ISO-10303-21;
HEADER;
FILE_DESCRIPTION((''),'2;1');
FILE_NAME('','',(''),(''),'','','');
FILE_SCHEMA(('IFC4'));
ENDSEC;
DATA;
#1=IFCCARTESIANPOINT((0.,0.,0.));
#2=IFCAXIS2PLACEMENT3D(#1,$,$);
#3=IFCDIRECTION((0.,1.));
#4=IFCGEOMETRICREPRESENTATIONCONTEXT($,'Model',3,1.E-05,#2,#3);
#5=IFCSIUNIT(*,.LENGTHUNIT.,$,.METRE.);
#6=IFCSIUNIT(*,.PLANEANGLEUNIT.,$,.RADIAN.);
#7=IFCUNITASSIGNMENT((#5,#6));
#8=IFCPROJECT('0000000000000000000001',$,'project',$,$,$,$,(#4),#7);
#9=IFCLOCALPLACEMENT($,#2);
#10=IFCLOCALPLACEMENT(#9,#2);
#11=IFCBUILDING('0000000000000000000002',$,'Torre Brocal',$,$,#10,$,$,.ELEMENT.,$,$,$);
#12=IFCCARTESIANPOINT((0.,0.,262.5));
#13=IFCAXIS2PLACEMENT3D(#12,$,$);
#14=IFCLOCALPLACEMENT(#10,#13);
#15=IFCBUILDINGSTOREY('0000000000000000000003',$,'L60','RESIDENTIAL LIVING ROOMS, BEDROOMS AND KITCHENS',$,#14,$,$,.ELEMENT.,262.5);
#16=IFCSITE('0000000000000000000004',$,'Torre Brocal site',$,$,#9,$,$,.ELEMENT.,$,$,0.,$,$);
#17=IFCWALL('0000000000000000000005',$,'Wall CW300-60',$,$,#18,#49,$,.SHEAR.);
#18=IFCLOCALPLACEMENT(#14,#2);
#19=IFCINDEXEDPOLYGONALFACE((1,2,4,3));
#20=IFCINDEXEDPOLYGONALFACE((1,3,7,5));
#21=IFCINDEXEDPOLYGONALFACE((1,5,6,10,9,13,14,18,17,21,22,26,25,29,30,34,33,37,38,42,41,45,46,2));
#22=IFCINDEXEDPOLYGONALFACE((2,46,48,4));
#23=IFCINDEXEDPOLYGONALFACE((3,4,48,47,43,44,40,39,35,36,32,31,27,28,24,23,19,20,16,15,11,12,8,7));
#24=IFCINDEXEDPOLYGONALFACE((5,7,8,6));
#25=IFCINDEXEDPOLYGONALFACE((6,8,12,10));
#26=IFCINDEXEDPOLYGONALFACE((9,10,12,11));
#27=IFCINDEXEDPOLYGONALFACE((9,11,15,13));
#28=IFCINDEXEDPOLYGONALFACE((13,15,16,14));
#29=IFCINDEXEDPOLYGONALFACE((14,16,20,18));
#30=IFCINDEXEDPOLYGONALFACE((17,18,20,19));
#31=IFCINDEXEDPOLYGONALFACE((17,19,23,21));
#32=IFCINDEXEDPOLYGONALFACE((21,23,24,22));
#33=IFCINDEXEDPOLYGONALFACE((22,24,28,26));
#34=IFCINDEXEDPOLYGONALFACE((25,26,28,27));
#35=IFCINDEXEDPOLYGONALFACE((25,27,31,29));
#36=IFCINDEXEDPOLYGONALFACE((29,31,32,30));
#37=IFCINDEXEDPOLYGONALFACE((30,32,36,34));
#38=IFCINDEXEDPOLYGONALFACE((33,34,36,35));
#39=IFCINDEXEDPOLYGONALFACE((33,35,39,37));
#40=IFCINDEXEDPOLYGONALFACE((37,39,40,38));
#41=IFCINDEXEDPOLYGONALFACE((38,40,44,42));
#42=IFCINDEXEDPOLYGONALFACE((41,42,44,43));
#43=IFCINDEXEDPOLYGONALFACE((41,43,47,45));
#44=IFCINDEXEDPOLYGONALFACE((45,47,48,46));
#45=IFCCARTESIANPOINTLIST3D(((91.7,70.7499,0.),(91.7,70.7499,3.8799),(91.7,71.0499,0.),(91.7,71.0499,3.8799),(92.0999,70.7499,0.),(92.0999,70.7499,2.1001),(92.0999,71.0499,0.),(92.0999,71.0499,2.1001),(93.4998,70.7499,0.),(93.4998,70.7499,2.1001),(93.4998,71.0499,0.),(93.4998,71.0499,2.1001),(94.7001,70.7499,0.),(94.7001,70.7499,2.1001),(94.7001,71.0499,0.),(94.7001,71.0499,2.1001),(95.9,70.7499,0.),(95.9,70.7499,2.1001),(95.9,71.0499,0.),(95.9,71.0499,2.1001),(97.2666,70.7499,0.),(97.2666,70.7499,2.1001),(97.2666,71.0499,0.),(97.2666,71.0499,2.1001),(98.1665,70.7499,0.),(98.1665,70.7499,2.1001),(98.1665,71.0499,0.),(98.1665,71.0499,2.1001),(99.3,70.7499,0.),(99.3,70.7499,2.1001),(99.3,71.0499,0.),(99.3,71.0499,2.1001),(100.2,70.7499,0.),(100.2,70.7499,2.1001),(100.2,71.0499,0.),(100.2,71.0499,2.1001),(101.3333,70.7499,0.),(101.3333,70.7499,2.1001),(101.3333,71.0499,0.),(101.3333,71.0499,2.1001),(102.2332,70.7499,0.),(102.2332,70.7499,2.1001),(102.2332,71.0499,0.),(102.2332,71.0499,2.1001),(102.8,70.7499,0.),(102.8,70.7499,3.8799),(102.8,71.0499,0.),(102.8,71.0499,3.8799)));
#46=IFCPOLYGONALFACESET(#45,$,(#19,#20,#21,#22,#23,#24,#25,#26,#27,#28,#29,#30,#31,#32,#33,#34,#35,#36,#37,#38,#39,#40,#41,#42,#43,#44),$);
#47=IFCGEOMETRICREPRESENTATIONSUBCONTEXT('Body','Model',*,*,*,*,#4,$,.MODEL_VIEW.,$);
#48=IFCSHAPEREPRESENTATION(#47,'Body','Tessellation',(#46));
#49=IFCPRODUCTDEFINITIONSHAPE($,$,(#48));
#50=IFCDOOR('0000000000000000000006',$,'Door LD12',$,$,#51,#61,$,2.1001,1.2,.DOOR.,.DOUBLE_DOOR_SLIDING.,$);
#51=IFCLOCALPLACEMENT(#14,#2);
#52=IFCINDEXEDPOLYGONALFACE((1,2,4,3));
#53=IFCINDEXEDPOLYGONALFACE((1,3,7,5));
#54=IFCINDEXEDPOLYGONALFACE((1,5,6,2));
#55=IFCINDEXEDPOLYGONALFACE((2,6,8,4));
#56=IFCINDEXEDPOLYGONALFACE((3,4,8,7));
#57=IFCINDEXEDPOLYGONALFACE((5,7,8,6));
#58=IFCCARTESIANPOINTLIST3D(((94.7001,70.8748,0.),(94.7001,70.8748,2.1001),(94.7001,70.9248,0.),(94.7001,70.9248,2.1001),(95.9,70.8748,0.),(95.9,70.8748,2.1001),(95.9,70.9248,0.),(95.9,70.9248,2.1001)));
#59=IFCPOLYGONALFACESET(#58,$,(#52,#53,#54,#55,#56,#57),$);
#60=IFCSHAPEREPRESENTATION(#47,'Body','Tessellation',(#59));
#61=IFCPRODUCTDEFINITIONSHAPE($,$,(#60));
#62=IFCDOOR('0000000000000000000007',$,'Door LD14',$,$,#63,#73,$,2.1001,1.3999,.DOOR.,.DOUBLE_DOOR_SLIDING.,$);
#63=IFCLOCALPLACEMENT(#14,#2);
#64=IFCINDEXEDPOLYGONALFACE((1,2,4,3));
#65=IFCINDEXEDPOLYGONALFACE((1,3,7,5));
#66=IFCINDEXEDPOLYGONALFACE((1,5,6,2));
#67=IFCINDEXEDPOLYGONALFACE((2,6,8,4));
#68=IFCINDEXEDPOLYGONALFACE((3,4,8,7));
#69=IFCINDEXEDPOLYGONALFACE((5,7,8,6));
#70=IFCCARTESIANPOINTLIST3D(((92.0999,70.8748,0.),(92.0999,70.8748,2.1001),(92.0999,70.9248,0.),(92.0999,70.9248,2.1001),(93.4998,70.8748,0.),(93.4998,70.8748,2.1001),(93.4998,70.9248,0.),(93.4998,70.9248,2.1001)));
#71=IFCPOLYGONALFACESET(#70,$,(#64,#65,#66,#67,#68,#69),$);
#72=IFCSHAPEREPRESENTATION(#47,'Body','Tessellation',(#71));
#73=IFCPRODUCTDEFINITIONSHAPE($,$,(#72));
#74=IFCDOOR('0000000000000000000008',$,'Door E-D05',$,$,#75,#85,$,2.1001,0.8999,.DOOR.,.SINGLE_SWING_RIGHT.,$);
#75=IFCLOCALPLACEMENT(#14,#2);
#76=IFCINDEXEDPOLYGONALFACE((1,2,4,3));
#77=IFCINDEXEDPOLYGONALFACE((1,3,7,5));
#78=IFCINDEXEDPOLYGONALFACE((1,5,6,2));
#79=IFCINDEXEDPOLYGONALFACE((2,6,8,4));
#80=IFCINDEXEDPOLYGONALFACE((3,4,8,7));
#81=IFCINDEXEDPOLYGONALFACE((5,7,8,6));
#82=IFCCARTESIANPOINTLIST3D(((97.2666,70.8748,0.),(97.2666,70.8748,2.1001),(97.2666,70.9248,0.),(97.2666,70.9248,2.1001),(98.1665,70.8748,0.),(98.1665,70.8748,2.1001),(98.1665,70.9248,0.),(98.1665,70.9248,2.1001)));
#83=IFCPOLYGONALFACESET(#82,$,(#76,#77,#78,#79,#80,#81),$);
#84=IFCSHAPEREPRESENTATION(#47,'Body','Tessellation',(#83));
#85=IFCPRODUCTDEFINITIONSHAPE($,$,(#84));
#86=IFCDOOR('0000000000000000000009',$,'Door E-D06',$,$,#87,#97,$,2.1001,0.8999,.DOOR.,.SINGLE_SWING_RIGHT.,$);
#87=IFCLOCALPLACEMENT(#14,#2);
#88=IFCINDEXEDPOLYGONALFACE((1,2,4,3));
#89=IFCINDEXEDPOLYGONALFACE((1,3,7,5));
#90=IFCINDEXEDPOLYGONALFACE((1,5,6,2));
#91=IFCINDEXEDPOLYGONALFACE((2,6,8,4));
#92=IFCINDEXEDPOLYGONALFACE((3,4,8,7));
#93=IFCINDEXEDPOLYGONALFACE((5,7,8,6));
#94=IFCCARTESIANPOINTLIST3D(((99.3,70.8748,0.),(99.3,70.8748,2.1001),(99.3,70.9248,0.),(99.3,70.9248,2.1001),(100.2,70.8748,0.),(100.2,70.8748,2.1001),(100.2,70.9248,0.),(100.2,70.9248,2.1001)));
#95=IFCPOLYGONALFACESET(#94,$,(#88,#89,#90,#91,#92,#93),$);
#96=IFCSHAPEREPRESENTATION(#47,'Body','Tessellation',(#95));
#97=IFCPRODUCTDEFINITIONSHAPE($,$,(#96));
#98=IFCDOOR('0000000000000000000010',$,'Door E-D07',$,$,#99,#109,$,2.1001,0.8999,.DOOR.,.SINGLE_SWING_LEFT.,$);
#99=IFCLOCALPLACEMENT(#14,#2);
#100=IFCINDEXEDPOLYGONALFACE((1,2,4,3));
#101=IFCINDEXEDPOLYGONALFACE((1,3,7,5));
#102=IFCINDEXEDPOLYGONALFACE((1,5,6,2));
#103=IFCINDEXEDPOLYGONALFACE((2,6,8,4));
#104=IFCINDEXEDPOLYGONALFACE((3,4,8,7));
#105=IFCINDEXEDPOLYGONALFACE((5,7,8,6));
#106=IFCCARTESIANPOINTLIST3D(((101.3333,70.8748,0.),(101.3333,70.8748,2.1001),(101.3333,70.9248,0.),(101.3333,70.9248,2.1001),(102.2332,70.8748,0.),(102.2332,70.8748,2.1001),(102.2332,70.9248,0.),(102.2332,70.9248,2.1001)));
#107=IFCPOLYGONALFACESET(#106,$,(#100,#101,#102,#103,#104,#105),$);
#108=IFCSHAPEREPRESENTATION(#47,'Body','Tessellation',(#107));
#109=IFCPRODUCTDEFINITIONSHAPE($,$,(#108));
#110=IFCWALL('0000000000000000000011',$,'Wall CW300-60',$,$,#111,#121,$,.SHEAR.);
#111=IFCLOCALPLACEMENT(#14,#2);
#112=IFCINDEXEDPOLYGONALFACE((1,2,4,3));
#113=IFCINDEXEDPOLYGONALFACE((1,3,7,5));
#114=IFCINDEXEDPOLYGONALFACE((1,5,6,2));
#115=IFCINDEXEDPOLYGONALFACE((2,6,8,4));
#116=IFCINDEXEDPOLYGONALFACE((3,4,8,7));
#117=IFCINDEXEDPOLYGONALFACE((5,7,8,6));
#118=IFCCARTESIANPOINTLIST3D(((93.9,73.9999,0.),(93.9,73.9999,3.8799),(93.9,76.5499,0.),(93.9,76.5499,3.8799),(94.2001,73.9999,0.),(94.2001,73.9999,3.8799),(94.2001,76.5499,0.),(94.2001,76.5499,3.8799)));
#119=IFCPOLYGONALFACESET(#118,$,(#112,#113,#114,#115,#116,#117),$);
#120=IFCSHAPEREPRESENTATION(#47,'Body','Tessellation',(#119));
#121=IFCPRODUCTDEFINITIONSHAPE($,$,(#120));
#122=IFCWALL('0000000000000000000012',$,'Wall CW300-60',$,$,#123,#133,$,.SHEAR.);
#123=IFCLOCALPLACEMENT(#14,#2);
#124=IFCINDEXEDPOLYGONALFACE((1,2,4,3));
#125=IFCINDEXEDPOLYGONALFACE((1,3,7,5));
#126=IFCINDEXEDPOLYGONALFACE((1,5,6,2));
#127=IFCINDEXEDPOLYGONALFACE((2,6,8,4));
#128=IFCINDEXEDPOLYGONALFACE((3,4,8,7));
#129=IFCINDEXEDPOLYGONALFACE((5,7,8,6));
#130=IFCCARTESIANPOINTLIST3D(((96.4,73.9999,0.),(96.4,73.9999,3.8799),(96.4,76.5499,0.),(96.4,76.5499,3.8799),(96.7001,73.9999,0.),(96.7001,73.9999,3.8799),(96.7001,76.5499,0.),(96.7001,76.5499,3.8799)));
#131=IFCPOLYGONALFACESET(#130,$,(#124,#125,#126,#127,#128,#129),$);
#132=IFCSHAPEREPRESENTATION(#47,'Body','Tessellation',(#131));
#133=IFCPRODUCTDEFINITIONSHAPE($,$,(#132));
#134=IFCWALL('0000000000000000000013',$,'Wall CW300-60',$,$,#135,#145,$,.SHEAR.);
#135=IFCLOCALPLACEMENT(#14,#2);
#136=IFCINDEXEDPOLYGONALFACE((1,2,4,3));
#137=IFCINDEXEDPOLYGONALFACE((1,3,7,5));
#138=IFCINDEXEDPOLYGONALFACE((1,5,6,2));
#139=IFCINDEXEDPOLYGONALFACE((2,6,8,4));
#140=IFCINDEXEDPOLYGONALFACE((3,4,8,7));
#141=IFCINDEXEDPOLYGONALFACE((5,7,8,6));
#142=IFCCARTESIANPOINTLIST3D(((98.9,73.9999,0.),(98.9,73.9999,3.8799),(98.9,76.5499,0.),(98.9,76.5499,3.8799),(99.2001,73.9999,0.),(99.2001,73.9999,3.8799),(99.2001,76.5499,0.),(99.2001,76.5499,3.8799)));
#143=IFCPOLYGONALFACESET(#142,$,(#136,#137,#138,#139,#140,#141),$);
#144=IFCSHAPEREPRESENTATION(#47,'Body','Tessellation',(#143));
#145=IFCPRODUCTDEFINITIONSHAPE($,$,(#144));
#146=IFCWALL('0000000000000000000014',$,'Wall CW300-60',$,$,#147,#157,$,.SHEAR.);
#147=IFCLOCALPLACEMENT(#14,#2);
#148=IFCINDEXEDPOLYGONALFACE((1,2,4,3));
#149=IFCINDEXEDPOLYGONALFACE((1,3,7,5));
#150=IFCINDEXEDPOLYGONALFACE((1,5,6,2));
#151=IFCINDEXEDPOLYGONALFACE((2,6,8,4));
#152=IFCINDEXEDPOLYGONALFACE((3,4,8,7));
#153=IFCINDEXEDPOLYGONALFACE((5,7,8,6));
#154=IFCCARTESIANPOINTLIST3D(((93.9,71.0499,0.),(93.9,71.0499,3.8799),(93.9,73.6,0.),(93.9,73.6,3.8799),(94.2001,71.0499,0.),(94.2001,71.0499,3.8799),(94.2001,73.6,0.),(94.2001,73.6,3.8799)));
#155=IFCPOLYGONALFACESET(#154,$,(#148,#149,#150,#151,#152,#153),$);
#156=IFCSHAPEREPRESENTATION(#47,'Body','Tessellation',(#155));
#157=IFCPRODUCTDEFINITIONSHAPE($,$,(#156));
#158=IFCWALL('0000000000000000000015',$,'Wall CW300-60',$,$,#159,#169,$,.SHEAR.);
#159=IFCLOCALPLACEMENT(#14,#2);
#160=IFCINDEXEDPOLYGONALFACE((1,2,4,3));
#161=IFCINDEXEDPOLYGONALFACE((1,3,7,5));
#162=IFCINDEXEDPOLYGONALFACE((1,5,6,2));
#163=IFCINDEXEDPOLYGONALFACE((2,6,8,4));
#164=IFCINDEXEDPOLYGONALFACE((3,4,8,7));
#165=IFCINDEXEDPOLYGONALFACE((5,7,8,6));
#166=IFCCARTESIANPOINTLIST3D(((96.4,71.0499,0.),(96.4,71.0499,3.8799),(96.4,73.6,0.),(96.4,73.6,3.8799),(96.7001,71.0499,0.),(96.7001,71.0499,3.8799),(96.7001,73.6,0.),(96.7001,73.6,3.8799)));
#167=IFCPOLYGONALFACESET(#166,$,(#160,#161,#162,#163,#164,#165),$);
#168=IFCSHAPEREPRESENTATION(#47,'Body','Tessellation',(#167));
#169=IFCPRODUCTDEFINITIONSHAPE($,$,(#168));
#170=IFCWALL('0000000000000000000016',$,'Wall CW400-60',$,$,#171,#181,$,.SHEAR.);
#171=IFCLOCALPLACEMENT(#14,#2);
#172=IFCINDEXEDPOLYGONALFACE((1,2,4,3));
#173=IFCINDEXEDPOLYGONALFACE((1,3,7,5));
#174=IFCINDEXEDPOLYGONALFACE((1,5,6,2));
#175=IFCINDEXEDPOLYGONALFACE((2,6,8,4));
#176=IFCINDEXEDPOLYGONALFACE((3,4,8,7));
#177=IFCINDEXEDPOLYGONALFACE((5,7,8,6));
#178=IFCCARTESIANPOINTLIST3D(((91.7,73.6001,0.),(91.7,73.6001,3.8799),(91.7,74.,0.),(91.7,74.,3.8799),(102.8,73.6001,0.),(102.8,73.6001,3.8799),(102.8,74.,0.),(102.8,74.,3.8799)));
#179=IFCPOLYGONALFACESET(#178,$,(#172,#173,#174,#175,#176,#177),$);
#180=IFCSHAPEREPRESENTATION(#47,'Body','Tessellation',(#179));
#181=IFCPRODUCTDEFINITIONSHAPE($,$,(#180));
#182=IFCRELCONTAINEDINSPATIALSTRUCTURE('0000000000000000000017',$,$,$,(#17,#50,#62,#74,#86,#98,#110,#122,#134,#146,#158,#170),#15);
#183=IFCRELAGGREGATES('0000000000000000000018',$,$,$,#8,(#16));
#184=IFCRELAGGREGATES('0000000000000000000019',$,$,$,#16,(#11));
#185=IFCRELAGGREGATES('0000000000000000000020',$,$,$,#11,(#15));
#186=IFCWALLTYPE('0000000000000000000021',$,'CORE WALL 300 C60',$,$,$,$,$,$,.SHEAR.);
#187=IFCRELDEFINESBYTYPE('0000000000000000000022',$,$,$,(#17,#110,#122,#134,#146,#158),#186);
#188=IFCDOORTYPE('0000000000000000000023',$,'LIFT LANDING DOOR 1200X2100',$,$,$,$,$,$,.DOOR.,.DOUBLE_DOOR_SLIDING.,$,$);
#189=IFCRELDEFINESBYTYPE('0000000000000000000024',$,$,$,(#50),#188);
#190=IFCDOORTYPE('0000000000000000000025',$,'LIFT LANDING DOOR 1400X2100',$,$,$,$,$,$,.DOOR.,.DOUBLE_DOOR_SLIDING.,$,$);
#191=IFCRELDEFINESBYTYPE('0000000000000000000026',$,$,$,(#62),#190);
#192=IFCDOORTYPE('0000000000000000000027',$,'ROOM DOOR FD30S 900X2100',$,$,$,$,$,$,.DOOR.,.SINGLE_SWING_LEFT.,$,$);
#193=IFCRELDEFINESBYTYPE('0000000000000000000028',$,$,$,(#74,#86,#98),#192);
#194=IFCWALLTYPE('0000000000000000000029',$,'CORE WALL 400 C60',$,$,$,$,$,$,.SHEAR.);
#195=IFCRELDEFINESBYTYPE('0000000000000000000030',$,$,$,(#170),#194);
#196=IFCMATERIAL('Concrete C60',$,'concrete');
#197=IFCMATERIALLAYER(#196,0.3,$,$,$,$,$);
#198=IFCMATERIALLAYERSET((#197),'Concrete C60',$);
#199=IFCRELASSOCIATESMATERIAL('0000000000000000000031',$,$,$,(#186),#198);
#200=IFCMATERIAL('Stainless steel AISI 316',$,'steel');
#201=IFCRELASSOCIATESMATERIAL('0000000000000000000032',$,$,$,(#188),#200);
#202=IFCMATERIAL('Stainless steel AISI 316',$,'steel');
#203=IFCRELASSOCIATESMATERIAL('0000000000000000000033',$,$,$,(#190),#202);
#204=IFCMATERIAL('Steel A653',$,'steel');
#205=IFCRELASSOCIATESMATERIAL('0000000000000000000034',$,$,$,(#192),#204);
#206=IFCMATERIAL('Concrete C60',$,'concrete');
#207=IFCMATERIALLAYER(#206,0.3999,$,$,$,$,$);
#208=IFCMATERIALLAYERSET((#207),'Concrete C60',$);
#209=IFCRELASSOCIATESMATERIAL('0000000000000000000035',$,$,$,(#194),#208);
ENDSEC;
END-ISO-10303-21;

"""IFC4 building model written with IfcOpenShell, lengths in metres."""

from ifc_helpers import new_model, si_unit, direction, frame, frame_2d, origin, place, context, subcontext, project, spatial, rectangle, extrude, material, layer, layer_set, type_object, element, fill, save


model = new_model("IFC4")

# Units and contexts
model_context = context("Model", 3, precision=1e-05, world=origin(), true_north=direction((0.0, 1.0)))
body_context = subcontext(model_context, "Body", "Model", "MODEL_VIEW")
ifc_project = project(units=[si_unit("LENGTHUNIT", "METRE"), si_unit("PLANEANGLEUNIT", "RADIAN")], contexts=[model_context])

# Site, building, storey
site_placement = place(None, origin())
site = spatial("IfcSite", under=ifc_project, at=site_placement, Name="Torre Brocal site", CompositionType="ELEMENT", RefElevation=0.0)
building_placement = place(site_placement, origin())
building = spatial("IfcBuilding", under=site, at=building_placement, Name="Torre Brocal", CompositionType="ELEMENT")
storey_placement = place(building_placement, frame((0.0, 0.0, 262.5)))
storey = spatial("IfcBuildingStorey", under=building, at=storey_placement, Name="L60", Description="RESIDENTIAL LIVING ROOMS, BEDROOMS AND KITCHENS", CompositionType="ELEMENT", Elevation=262.5)

# Shared definitions
ifc_material_1 = material(Name="Concrete C60", Category="concrete")
ifc_layer_1 = layer(ifc_material_1, 0.3)
ifc_layer_set_1 = layer_set([ifc_layer_1], Name="Concrete C60")
wall_type_1 = type_object("IfcWallType", Name="CORE WALL 300 C60", PredefinedType="SHEAR", material=ifc_layer_set_1)

# Wall, openings, doors
wall_1_placement = place(storey_placement, frame((91.7, 70.8999, 0.0), z_axis=(0.0, 0.0, 1.0), x_axis=(1.0, 0.0, 0.0)))
wall_1 = element("IfcWall", 1, at=wall_1_placement, inside=storey, type_object=wall_type_1, Name="Wall CW300-60", PredefinedType="SHEAR", context=body_context, shape_type="SweptSolid", body=[
    extrude(rectangle(XDim=11.1001, YDim=0.3, at=frame_2d((5.55, 0.0))), origin(), (0.0, 0.0, 1.0), 3.8799),
])
opening_1_placement = place(wall_1_placement, frame((0.3999, 0.0, 0.0)))
opening_1 = element("IfcOpeningElement", 2, at=opening_1_placement, cuts=wall_1, PredefinedType="OPENING", context=body_context, shape_type="SweptSolid", body=[
    extrude(rectangle(XDim=1.3999, YDim=2.1001, at=frame_2d((0.7, 1.05))), frame((0.0, 0.1599, 0.0), z_axis=(0.0, -1.0, 0.0), x_axis=(1.0, 0.0, 0.0)), (0.0, 0.0, 1.0), 0.3201),
])
opening_2_placement = place(wall_1_placement, frame((3.0, 0.0, 0.0)))
opening_2 = element("IfcOpeningElement", 3, at=opening_2_placement, cuts=wall_1, PredefinedType="OPENING", context=body_context, shape_type="SweptSolid", body=[
    extrude(rectangle(XDim=1.2, YDim=2.1001, at=frame_2d((0.6001, 1.05))), frame((0.0, 0.1599, 0.0), z_axis=(0.0, -1.0, 0.0), x_axis=(1.0, 0.0, 0.0)), (0.0, 0.0, 1.0), 0.3201),
])
opening_3_placement = place(wall_1_placement, frame((5.5667, 0.0, 0.0)))
opening_3 = element("IfcOpeningElement", 4, at=opening_3_placement, cuts=wall_1, PredefinedType="OPENING", context=body_context, shape_type="SweptSolid", body=[
    extrude(rectangle(XDim=0.8999, YDim=2.1001, at=frame_2d((0.45, 1.05))), frame((0.0, 0.1599, 0.0), z_axis=(0.0, -1.0, 0.0), x_axis=(1.0, 0.0, 0.0)), (0.0, 0.0, 1.0), 0.3201),
])
opening_4_placement = place(wall_1_placement, frame((7.6001, 0.0, 0.0)))
opening_4 = element("IfcOpeningElement", 5, at=opening_4_placement, cuts=wall_1, PredefinedType="OPENING", context=body_context, shape_type="SweptSolid", body=[
    extrude(rectangle(XDim=0.8999, YDim=2.1001, at=frame_2d((0.45, 1.05))), frame((0.0, 0.1599, 0.0), z_axis=(0.0, -1.0, 0.0), x_axis=(1.0, 0.0, 0.0)), (0.0, 0.0, 1.0), 0.3201),
])
opening_5_placement = place(wall_1_placement, frame((9.6333, 0.0, 0.0)))
opening_5 = element("IfcOpeningElement", 6, at=opening_5_placement, cuts=wall_1, PredefinedType="OPENING", context=body_context, shape_type="SweptSolid", body=[
    extrude(rectangle(XDim=0.8999, YDim=2.1001, at=frame_2d((0.45, 1.05))), frame((0.0, 0.1599, 0.0), z_axis=(0.0, -1.0, 0.0), x_axis=(1.0, 0.0, 0.0)), (0.0, 0.0, 1.0), 0.3201),
])
ifc_material_2 = material(Name="Stainless steel AISI 316", Category="steel")
door_type_1 = type_object("IfcDoorType", Name="LIFT LANDING DOOR 1200X2100", OperationType="DOUBLE_DOOR_SLIDING", PredefinedType="DOOR", material=ifc_material_2)
door_1_placement = place(opening_2_placement, origin())
door_1 = element("IfcDoor", 7, at=door_1_placement, inside=storey, type_object=door_type_1, Name="Door LD12", OperationType="DOUBLE_DOOR_SLIDING", OverallHeight=2.1001, OverallWidth=1.2, PredefinedType="DOOR", context=body_context, shape_type="SweptSolid", body=[
    extrude(rectangle(XDim=1.2, YDim=2.1001, at=frame_2d((0.6001, 1.05))), frame((0.0, 0.0249, 0.0), z_axis=(0.0, -1.0, 0.0), x_axis=(1.0, 0.0, 0.0)), (0.0, 0.0, 1.0), 0.05),
])
fill(opening_2, door_1)
ifc_material_3 = material(Name="Stainless steel AISI 316", Category="steel")
door_type_2 = type_object("IfcDoorType", Name="LIFT LANDING DOOR 1400X2100", OperationType="DOUBLE_DOOR_SLIDING", PredefinedType="DOOR", material=ifc_material_3)
door_2_placement = place(opening_1_placement, origin())
door_2 = element("IfcDoor", 8, at=door_2_placement, inside=storey, type_object=door_type_2, Name="Door LD14", OperationType="DOUBLE_DOOR_SLIDING", OverallHeight=2.1001, OverallWidth=1.3999, PredefinedType="DOOR", context=body_context, shape_type="SweptSolid", body=[
    extrude(rectangle(XDim=1.3999, YDim=2.1001, at=frame_2d((0.7, 1.05))), frame((0.0, 0.0249, 0.0), z_axis=(0.0, -1.0, 0.0), x_axis=(1.0, 0.0, 0.0)), (0.0, 0.0, 1.0), 0.05),
])
fill(opening_1, door_2)
ifc_material_4 = material(Name="Steel A653", Category="steel")
door_type_3 = type_object("IfcDoorType", Name="ROOM DOOR FD30S 900X2100", OperationType="SINGLE_SWING_LEFT", PredefinedType="DOOR", material=ifc_material_4)
door_3_placement = place(opening_3_placement, origin())
door_3 = element("IfcDoor", 9, at=door_3_placement, inside=storey, type_object=door_type_3, Name="Door E-D05", OperationType="SINGLE_SWING_RIGHT", OverallHeight=2.1001, OverallWidth=0.8999, PredefinedType="DOOR", context=body_context, shape_type="SweptSolid", body=[
    extrude(rectangle(XDim=0.8999, YDim=2.1001, at=frame_2d((0.45, 1.05))), frame((0.0, 0.0249, 0.0), z_axis=(0.0, -1.0, 0.0), x_axis=(1.0, 0.0, 0.0)), (0.0, 0.0, 1.0), 0.05),
])
fill(opening_3, door_3)
door_4_placement = place(opening_4_placement, origin())
door_4 = element("IfcDoor", 10, at=door_4_placement, inside=storey, type_object=door_type_3, Name="Door E-D06", OperationType="SINGLE_SWING_RIGHT", OverallHeight=2.1001, OverallWidth=0.8999, PredefinedType="DOOR", context=body_context, shape_type="SweptSolid", body=[
    extrude(rectangle(XDim=0.8999, YDim=2.1001, at=frame_2d((0.45, 1.05))), frame((0.0, 0.0249, 0.0), z_axis=(0.0, -1.0, 0.0), x_axis=(1.0, 0.0, 0.0)), (0.0, 0.0, 1.0), 0.05),
])
fill(opening_4, door_4)
door_5_placement = place(opening_5_placement, origin())
door_5 = element("IfcDoor", 11, at=door_5_placement, inside=storey, type_object=door_type_3, Name="Door E-D07", OperationType="SINGLE_SWING_LEFT", OverallHeight=2.1001, OverallWidth=0.8999, PredefinedType="DOOR", context=body_context, shape_type="SweptSolid", body=[
    extrude(rectangle(XDim=0.8999, YDim=2.1001, at=frame_2d((0.45, 1.05))), frame((0.0, 0.0249, 0.0), z_axis=(0.0, -1.0, 0.0), x_axis=(1.0, 0.0, 0.0)), (0.0, 0.0, 1.0), 0.05),
])
fill(opening_5, door_5)

# Walls
for number, where, z_axis, x_axis, name in (
    (12, (94.05, 74.0, 0.0), (0.0, 0.0, 1.0), (0.0, 1.0, 0.0), "Wall CW300-60"),
    (13, (96.55, 74.0, 0.0), (0.0, 0.0, 1.0), (0.0, 1.0, 0.0), "Wall CW300-60"),
    (14, (99.05, 74.0, 0.0), (0.0, 0.0, 1.0), (0.0, 1.0, 0.0), "Wall CW300-60"),
    (15, (94.05, 71.05, 0.0), (0.0, 0.0, 1.0), (0.0, 1.0, 0.0), "Wall CW300-60"),
    (16, (96.55, 71.05, 0.0), (0.0, 0.0, 1.0), (0.0, 1.0, 0.0), "Wall CW300-60"),
):
    element("IfcWall", number, at=place(storey_placement, frame(where, z_axis=z_axis, x_axis=x_axis)), inside=storey, type_object=wall_type_1, Name=name, PredefinedType="SHEAR", context=body_context, shape_type="SweptSolid", body=[
        extrude(rectangle(XDim=2.55, YDim=0.3, at=frame_2d((1.2749, 0.0))), origin(), (0.0, 0.0, 1.0), 3.8799),
    ])
ifc_material_5 = material(Name="Concrete C60", Category="concrete")
ifc_layer_2 = layer(ifc_material_5, 0.3999)
ifc_layer_set_2 = layer_set([ifc_layer_2], Name="Concrete C60")
wall_type_2 = type_object("IfcWallType", Name="CORE WALL 400 C60", PredefinedType="SHEAR", material=ifc_layer_set_2)
wall_2_placement = place(storey_placement, frame((91.7, 73.8, 0.0), z_axis=(0.0, 0.0, 1.0), x_axis=(1.0, 0.0, 0.0)))
element("IfcWall", 17, at=wall_2_placement, inside=storey, type_object=wall_type_2, Name="Wall CW400-60", PredefinedType="SHEAR", context=body_context, shape_type="SweptSolid", body=[
    extrude(rectangle(XDim=11.1001, YDim=0.3999, at=frame_2d((5.55, 0.0))), origin(), (0.0, 0.0, 1.0), 3.8799),
])

save(model, "model.ifc")
